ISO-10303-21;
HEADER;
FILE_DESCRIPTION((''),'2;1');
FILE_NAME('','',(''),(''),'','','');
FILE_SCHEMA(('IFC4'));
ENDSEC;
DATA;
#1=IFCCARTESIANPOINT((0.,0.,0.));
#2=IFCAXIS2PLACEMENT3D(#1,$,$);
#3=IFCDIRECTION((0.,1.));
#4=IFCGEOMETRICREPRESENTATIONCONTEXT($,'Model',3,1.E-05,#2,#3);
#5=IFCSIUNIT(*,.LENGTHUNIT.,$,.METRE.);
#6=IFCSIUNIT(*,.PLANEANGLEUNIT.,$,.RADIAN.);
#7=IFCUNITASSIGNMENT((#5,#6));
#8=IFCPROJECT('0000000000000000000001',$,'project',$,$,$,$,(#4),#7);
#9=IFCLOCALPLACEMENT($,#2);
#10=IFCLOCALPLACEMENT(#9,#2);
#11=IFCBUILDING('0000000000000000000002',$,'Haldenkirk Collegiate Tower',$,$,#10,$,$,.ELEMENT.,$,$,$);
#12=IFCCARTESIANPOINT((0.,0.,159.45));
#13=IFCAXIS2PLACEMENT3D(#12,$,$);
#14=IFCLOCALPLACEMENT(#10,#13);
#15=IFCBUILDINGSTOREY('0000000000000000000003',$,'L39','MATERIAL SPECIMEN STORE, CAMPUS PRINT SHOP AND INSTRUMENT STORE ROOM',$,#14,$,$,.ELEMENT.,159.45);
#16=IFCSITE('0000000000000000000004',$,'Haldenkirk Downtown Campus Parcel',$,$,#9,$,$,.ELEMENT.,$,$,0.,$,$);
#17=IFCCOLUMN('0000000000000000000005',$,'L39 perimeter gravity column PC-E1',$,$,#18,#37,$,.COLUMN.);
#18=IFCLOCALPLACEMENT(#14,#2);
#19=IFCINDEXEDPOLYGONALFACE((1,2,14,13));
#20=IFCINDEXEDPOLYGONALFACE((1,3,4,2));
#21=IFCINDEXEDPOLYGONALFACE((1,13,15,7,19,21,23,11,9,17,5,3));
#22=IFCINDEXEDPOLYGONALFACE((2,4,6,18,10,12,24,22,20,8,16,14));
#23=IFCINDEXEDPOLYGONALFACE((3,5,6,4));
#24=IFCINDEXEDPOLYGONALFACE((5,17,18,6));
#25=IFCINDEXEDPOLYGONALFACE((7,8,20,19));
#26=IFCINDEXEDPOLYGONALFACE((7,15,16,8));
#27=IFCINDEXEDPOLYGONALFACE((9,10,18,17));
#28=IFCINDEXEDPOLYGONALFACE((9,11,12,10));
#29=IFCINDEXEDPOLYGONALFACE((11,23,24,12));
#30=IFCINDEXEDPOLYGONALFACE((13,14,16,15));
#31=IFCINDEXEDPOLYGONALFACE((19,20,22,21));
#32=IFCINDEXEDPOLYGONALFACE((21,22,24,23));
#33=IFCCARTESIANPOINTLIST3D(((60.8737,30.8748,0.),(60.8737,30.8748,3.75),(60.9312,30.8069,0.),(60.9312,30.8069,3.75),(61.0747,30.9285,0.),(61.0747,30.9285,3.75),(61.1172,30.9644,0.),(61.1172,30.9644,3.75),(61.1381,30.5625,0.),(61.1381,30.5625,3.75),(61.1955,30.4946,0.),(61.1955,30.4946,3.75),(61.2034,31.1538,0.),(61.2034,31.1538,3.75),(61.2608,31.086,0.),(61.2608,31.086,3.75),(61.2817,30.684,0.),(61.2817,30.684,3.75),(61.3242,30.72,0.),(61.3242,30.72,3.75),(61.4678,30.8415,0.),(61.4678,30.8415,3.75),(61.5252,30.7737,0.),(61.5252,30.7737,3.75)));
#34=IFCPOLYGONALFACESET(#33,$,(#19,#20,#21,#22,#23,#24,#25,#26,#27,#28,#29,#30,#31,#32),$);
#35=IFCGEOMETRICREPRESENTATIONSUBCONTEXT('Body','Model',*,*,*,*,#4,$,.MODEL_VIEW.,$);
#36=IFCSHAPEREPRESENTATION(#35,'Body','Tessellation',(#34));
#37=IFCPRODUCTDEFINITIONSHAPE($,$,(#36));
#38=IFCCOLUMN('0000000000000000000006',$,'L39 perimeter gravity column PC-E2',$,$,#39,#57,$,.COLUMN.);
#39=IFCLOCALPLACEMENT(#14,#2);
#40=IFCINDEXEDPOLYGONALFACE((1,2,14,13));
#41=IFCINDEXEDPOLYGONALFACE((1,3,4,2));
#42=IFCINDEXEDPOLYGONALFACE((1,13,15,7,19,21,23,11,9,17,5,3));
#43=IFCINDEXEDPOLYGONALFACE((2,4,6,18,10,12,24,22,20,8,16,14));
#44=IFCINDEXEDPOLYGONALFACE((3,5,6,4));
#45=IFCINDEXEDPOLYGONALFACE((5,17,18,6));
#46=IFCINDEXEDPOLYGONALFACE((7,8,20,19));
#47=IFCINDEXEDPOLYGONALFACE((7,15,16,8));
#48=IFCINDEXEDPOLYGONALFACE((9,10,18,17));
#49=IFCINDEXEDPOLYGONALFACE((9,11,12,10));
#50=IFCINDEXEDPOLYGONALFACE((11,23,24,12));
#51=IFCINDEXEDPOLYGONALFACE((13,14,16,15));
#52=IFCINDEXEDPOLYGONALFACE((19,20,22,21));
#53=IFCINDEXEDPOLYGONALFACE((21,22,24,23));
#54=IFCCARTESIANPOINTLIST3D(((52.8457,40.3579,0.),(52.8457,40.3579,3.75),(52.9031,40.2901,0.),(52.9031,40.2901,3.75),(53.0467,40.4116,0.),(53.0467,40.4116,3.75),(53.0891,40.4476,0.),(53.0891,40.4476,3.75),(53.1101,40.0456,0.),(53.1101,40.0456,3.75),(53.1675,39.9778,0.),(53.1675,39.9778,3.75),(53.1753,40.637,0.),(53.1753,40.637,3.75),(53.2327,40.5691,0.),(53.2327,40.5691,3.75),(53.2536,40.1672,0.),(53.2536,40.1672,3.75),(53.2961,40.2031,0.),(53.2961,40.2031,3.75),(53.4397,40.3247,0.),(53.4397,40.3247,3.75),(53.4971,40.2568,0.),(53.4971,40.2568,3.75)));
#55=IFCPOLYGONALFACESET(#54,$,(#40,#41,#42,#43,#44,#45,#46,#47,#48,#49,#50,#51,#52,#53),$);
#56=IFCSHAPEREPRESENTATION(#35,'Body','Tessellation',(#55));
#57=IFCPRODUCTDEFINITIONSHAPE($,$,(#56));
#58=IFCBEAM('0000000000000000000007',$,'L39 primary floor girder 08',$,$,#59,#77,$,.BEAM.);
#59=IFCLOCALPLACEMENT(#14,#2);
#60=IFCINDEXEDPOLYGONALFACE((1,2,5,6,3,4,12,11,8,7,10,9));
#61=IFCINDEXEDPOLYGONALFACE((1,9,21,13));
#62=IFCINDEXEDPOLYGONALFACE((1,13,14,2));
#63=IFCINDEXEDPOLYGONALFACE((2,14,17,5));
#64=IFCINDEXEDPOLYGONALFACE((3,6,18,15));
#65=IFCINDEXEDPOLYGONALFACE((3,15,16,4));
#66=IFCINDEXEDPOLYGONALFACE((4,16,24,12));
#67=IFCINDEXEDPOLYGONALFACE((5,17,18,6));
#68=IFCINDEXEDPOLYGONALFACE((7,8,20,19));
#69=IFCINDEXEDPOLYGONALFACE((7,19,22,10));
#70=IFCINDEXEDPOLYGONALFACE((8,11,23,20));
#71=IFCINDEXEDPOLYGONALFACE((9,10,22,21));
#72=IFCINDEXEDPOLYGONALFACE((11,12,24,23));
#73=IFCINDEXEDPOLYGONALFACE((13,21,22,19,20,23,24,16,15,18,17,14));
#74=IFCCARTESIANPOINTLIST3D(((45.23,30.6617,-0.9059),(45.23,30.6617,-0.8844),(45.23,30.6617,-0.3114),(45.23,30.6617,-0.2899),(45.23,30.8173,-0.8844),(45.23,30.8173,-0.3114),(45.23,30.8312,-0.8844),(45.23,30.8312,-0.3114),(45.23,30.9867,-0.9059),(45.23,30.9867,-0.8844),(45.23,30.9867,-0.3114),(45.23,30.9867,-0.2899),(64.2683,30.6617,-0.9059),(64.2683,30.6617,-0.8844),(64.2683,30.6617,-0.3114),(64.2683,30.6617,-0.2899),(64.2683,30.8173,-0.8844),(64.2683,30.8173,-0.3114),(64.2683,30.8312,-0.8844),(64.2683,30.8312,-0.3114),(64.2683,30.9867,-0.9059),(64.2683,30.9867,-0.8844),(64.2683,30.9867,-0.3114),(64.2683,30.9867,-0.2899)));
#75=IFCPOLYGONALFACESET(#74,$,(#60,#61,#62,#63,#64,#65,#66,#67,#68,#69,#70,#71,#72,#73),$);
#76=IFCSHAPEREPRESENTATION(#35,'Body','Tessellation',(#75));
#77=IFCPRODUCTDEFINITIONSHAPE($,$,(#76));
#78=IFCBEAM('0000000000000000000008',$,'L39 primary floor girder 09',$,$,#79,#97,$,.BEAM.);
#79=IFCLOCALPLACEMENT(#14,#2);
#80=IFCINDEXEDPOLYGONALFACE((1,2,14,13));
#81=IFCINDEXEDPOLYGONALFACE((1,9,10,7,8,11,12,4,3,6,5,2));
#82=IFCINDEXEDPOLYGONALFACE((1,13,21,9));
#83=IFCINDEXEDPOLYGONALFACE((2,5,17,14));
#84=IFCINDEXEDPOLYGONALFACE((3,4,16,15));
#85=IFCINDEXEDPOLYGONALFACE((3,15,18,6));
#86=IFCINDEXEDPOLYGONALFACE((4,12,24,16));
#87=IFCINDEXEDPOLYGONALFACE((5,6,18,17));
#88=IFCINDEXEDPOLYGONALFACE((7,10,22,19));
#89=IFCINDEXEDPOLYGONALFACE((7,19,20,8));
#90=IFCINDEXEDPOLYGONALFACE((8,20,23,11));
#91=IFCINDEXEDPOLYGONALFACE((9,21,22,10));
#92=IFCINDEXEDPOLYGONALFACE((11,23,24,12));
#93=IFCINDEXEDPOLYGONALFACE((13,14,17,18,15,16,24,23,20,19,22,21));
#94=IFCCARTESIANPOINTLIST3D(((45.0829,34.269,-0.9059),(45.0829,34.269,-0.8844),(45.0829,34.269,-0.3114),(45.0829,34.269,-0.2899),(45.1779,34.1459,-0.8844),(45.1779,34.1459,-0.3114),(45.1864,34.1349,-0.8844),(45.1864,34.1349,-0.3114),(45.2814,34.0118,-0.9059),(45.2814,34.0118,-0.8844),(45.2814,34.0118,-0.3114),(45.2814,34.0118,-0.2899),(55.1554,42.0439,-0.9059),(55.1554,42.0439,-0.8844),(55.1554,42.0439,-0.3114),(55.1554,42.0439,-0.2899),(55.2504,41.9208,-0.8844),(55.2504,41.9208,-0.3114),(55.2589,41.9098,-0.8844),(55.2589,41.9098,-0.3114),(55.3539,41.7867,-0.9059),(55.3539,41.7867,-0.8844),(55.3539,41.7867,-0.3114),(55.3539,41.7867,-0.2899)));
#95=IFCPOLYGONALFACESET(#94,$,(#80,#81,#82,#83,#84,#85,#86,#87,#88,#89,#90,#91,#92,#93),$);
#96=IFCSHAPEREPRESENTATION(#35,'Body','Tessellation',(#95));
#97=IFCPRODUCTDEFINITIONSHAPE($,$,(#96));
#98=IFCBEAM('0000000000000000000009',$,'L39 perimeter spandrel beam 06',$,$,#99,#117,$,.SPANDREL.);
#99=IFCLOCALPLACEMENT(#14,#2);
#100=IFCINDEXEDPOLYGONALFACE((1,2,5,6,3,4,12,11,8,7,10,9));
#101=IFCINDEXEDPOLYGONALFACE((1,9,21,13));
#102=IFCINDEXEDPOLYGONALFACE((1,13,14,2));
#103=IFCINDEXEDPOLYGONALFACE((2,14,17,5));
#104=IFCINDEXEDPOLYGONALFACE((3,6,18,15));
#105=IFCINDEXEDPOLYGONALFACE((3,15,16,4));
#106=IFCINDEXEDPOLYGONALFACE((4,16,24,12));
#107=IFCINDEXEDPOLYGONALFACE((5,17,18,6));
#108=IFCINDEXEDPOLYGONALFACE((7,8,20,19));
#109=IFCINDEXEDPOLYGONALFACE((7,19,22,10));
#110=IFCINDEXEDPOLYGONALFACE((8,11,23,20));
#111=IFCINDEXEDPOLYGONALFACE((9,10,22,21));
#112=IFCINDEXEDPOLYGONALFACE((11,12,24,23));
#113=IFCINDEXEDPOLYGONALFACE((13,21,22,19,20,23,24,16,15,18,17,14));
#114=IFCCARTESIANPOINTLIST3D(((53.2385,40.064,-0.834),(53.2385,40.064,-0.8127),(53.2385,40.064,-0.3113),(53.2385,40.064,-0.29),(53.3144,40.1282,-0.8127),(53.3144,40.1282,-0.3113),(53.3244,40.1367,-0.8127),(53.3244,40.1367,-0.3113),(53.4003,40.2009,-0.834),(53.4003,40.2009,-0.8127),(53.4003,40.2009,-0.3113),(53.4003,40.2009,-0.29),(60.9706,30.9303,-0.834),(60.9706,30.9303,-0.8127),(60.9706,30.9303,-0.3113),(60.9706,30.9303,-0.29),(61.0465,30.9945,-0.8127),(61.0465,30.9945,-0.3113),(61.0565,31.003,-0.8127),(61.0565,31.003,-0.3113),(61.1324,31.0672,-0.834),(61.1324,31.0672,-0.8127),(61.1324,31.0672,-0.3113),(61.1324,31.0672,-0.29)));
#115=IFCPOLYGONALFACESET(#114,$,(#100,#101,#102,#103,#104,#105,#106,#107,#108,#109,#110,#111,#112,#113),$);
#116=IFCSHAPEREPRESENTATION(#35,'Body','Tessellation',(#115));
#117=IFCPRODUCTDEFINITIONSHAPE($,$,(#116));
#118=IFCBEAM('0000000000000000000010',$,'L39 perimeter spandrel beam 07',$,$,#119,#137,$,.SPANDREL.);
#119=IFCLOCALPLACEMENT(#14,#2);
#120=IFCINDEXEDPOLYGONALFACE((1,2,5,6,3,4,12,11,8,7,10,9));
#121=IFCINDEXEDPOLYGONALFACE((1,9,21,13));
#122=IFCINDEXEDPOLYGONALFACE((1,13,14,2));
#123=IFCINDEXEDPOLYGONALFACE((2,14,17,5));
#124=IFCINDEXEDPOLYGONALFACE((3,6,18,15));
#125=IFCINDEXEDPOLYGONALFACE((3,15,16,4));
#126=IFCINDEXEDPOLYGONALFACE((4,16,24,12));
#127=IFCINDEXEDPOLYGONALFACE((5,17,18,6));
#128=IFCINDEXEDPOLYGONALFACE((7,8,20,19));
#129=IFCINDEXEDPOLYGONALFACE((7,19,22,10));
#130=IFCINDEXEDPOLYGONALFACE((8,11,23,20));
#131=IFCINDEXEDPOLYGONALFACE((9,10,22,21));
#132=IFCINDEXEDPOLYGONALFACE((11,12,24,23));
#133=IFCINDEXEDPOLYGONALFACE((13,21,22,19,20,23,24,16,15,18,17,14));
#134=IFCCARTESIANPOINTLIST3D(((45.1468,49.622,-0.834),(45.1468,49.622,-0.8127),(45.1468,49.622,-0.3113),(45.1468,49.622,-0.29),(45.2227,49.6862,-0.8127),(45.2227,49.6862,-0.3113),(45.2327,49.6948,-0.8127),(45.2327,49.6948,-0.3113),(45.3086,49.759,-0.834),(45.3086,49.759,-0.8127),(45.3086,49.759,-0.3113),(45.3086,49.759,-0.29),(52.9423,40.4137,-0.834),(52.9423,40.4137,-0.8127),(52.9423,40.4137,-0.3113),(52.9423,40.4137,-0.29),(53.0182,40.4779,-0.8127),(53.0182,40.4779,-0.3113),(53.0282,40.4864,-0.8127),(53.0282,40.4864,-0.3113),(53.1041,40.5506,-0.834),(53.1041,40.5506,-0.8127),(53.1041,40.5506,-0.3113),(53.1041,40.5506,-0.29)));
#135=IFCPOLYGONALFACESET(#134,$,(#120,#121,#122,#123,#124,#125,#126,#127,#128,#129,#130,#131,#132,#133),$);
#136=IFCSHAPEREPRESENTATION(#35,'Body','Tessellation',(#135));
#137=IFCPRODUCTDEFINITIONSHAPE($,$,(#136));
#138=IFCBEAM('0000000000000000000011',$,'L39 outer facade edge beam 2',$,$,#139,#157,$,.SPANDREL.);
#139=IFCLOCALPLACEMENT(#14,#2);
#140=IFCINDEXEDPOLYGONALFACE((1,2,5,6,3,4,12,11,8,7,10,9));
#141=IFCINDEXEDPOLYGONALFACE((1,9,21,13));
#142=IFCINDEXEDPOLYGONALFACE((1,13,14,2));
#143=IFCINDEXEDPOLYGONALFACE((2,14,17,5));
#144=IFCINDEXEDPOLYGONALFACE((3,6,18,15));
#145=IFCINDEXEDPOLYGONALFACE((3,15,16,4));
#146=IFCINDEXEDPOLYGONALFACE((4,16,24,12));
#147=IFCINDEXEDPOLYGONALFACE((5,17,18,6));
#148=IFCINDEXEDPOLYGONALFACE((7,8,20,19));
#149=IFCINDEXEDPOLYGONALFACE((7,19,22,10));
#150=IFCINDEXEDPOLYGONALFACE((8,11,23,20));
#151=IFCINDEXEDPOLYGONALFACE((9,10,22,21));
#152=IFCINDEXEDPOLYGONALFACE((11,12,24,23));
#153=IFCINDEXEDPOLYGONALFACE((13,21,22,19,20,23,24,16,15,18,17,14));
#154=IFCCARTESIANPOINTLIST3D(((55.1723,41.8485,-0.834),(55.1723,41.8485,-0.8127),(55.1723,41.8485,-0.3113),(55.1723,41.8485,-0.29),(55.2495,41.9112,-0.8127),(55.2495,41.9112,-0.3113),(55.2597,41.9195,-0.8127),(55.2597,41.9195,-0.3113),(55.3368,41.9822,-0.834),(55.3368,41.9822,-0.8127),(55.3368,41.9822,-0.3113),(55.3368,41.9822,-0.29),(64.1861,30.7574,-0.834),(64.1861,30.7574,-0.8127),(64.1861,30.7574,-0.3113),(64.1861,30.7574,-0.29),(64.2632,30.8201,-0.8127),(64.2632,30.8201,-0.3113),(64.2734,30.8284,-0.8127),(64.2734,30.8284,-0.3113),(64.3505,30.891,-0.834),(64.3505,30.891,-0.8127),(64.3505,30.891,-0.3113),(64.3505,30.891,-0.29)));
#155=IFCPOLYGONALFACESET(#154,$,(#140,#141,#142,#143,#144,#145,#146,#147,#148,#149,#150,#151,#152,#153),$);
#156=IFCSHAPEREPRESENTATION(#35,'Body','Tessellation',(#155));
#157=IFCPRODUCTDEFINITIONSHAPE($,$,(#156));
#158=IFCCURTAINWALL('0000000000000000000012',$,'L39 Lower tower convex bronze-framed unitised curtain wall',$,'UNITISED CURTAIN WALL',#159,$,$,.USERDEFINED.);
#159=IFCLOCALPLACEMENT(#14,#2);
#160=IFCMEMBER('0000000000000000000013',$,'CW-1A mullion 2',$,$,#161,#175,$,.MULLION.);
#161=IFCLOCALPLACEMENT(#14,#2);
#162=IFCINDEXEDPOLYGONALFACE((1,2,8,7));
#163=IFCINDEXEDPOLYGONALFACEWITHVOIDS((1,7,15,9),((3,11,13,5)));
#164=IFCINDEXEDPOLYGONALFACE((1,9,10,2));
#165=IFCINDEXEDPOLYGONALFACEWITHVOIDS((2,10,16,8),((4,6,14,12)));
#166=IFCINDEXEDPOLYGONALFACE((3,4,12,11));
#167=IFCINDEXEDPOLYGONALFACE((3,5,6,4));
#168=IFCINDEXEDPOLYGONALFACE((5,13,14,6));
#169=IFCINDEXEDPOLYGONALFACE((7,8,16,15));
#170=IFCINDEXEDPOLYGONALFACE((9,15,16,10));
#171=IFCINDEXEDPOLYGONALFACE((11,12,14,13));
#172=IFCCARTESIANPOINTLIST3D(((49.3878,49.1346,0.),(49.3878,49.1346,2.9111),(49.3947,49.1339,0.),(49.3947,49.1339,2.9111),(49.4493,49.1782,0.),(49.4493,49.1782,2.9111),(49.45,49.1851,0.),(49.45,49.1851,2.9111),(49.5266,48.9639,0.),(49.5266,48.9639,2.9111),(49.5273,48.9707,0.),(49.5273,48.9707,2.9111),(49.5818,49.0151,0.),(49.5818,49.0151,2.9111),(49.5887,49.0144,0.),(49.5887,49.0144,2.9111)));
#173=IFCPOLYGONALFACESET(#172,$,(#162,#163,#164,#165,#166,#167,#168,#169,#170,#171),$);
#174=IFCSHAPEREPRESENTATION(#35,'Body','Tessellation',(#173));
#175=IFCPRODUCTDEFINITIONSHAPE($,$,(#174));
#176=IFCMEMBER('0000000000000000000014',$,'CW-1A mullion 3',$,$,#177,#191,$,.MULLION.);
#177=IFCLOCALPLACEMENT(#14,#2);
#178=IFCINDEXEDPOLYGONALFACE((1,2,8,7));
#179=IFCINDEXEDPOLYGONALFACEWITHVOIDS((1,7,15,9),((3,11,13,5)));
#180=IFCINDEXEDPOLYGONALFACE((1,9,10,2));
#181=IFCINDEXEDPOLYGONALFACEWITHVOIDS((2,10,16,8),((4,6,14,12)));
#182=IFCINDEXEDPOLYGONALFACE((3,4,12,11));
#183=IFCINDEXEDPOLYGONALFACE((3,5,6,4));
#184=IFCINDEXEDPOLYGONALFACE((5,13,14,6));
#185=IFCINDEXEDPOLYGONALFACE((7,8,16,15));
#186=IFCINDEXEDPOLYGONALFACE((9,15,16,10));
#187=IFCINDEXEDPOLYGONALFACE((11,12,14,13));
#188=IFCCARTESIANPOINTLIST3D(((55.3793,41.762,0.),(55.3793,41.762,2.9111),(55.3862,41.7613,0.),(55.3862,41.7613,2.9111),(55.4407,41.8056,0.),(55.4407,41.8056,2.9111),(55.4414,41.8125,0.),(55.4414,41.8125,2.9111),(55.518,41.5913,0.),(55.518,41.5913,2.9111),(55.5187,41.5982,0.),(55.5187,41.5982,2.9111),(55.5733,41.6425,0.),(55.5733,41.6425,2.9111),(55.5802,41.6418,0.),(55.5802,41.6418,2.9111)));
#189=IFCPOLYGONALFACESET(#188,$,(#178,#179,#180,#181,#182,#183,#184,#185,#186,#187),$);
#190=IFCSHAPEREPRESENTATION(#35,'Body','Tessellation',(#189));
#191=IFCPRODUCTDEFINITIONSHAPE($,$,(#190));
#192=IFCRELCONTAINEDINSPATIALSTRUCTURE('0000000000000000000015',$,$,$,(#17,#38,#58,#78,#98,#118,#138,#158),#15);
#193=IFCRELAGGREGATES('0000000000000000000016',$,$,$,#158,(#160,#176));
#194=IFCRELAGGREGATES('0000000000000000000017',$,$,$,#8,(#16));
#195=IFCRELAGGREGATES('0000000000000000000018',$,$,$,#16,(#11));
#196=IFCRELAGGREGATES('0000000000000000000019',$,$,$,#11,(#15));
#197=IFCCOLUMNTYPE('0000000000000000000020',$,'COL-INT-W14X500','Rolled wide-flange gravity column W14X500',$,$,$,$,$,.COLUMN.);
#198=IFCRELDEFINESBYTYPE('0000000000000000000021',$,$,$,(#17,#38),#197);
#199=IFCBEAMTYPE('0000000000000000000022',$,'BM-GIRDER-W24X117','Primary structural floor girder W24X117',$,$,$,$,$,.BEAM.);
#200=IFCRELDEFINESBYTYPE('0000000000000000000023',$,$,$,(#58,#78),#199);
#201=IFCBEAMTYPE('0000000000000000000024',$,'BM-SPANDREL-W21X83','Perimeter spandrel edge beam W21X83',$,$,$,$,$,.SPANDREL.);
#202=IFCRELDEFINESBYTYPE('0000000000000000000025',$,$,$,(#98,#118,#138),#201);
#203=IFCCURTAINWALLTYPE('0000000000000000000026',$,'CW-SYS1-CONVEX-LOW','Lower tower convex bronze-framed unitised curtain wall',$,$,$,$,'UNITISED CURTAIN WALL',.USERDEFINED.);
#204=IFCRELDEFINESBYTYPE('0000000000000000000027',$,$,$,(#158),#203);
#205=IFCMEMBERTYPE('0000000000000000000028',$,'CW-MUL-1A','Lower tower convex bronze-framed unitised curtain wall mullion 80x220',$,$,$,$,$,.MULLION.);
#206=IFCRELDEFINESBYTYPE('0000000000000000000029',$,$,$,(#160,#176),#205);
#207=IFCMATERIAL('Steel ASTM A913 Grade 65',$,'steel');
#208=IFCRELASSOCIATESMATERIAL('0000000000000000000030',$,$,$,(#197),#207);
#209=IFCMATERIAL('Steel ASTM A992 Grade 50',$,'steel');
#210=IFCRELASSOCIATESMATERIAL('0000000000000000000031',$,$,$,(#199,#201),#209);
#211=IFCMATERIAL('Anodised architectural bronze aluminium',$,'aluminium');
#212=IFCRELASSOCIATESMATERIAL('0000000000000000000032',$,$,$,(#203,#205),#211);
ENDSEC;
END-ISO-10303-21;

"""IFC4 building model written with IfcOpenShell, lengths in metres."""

from ifc_helpers import new_model, si_unit, direction, frame, origin, origin_2d, place, context, subcontext, project, spatial, hollow_rectangle, i_section, extrude, material, material_profile, profile_set, type_object, element, aggregate, save


model = new_model("IFC4")

# Units and contexts
model_context = context("Model", 3, precision=1e-05, world=origin(), true_north=direction((0.0, 1.0)))
body_context = subcontext(model_context, "Body", "Model", "MODEL_VIEW")
ifc_project = project(units=[si_unit("LENGTHUNIT", "METRE"), si_unit("PLANEANGLEUNIT", "RADIAN")], contexts=[model_context])

# Site, building, storey
site_placement = place(None, origin())
site = spatial("IfcSite", under=ifc_project, at=site_placement, Name="Haldenkirk Downtown Campus Parcel", CompositionType="ELEMENT", RefElevation=0.0)
building_placement = place(site_placement, origin())
building = spatial("IfcBuilding", under=site, at=building_placement, Name="Haldenkirk Collegiate Tower", CompositionType="ELEMENT")
storey_placement = place(building_placement, frame((0.0, 0.0, 159.45)))
storey = spatial("IfcBuildingStorey", under=building, at=storey_placement, Name="L39", Description="MATERIAL SPECIMEN STORE, CAMPUS PRINT SHOP AND INSTRUMENT STORE ROOM", CompositionType="ELEMENT", Elevation=159.45)

# Columns
ifc_material_1 = material(Name="Steel ASTM A913 Grade 65", Category="steel")
ifc_material_profile_1 = material_profile(ifc_material_1, i_section(OverallWidth=0.4319, OverallDepth=0.498, WebThickness=0.0557, FlangeThickness=0.0889, at=origin_2d()), Name="W14X500")
ifc_profile_set_1 = profile_set([ifc_material_profile_1], Name="Steel ASTM A913 Grade 65")
column_type = type_object("IfcColumnType", Name="COL-INT-W14X500", Description="Rolled wide-flange gravity column W14X500", PredefinedType="COLUMN", material=ifc_profile_set_1)
for number, where, z_axis, x_axis, name in (
    (1, (61.1995, 30.8242, 0.0), (0.0, 0.0, 1.0), (0.763232, 0.646124, 0.0), "L39 perimeter gravity column PC-E1"),
    (2, (53.1714, 40.3074, 0.0), (0.0, 0.0, 1.0), (0.763232, 0.646124, 0.0), "L39 perimeter gravity column PC-E2"),
):
    element("IfcColumn", number, at=place(storey_placement, frame(where, z_axis=z_axis, x_axis=x_axis)), inside=storey, type_object=column_type, Name=name, PredefinedType="COLUMN", context=body_context, shape_type="SweptSolid", body=[
        extrude(i_section(OverallWidth=0.4319, OverallDepth=0.498, WebThickness=0.0557, FlangeThickness=0.0889, at=origin_2d()), origin(), (0.0, 0.0, 1.0), 3.75),
    ])

# Beams
ifc_material_2 = material(Name="Steel ASTM A992 Grade 50", Category="steel")
ifc_material_profile_2 = material_profile(ifc_material_2, i_section(OverallWidth=0.325, OverallDepth=0.616, WebThickness=0.0139, FlangeThickness=0.0215, at=origin_2d()), Name="W24X117")
ifc_profile_set_2 = profile_set([ifc_material_profile_2], Name="Steel ASTM A992 Grade 50")
beam_type_1 = type_object("IfcBeamType", Name="BM-GIRDER-W24X117", Description="Primary structural floor girder W24X117", PredefinedType="BEAM", material=ifc_profile_set_2)
beam_1_placement = place(storey_placement, frame((64.2683, 30.8242, -0.5979), z_axis=(-1.0, 0.0, 0.0), x_axis=(0.0, -1.0, 0.0)))
element("IfcBeam", 3, at=beam_1_placement, inside=storey, type_object=beam_type_1, Name="L39 primary floor girder 08", PredefinedType="BEAM", context=body_context, shape_type="SweptSolid", body=[
    extrude(i_section(OverallWidth=0.325, OverallDepth=0.616, WebThickness=0.0139, FlangeThickness=0.0215, at=origin_2d()), origin(), (0.0, 0.0, 1.0), 19.0383),
])
beam_2_placement = place(storey_placement, frame((55.2546, 41.9153, -0.5979), z_axis=(-0.791604, -0.611034, 0.0), x_axis=(0.611034, -0.791604, 0.0)))
element("IfcBeam", 4, at=beam_2_placement, inside=storey, type_object=beam_type_1, Name="L39 primary floor girder 09", PredefinedType="BEAM", context=body_context, shape_type="SweptSolid", body=[
    extrude(i_section(OverallWidth=0.325, OverallDepth=0.616, WebThickness=0.0139, FlangeThickness=0.0215, at=origin_2d()), origin(), (0.0, 0.0, 1.0), 12.7241),
])
ifc_material_profile_3 = material_profile(ifc_material_2, i_section(OverallWidth=0.2119, OverallDepth=0.5439, WebThickness=0.0132, FlangeThickness=0.0212, at=origin_2d()), Name="W21X83")
ifc_profile_set_3 = profile_set([ifc_material_profile_3], Name="Steel ASTM A992 Grade 50")
beam_type_2 = type_object("IfcBeamType", Name="BM-SPANDREL-W21X83", Description="Perimeter spandrel edge beam W21X83", PredefinedType="SPANDREL", material=ifc_profile_set_3)
beam_3_placement = place(storey_placement, frame((61.0515, 30.9988, -0.562), z_axis=(-0.646117, 0.763238, 0.0), x_axis=(-0.763238, -0.646117, 0.0)))
element("IfcBeam", 5, at=beam_3_placement, inside=storey, type_object=beam_type_2, Name="L39 perimeter spandrel beam 06", PredefinedType="SPANDREL", context=body_context, shape_type="SweptSolid", body=[
    extrude(i_section(OverallWidth=0.2119, OverallDepth=0.5439, WebThickness=0.0132, FlangeThickness=0.0212, at=origin_2d()), origin(), (0.0, 0.0, 1.0), 11.967),
])
beam_4_placement = place(storey_placement, frame((53.0232, 40.4822, -0.562), z_axis=(-0.646126, 0.76323, 0.0), x_axis=(-0.76323, -0.646126, 0.0)))
element("IfcBeam", 6, at=beam_4_placement, inside=storey, type_object=beam_type_2, Name="L39 perimeter spandrel beam 07", PredefinedType="SPANDREL", context=body_context, shape_type="SweptSolid", body=[
    extrude(i_section(OverallWidth=0.2119, OverallDepth=0.5439, WebThickness=0.0132, FlangeThickness=0.0212, at=origin_2d()), origin(), (0.0, 0.0, 1.0), 12.0649),
])
beam_5_placement = place(storey_placement, frame((64.2683, 30.8242, -0.562), z_axis=(-0.630685, 0.776039, 0.0), x_axis=(-0.776039, -0.630685, 0.0)))
element("IfcBeam", 7, at=beam_5_placement, inside=storey, type_object=beam_type_2, Name="L39 outer facade edge beam 2", PredefinedType="SPANDREL", context=body_context, shape_type="SweptSolid", body=[
    extrude(i_section(OverallWidth=0.2119, OverallDepth=0.5439, WebThickness=0.0132, FlangeThickness=0.0212, at=origin_2d()), origin(), (0.0, 0.0, 1.0), 14.292),
])

# Curtain wall, members
ifc_material_3 = material(Name="Anodised architectural bronze aluminium", Category="aluminium")
curtain_wall_type = type_object("IfcCurtainWallType", Name="CW-SYS1-CONVEX-LOW", Description="Lower tower convex bronze-framed unitised curtain wall", ElementType="UNITISED CURTAIN WALL", PredefinedType="USERDEFINED", material=ifc_material_3)
curtain_wall_placement = place(storey_placement, origin())
curtain_wall = element("IfcCurtainWall", 8, at=curtain_wall_placement, inside=storey, type_object=curtain_wall_type, Name="L39 Lower tower convex bronze-framed unitised curtain wall", ObjectType="UNITISED CURTAIN WALL", PredefinedType="USERDEFINED")
ifc_material_profile_4 = material_profile(ifc_material_3, hollow_rectangle(XDim=0.0801, YDim=0.22, WallThickness=0.0049, at=origin_2d()), Name="CW-MUL-1A")
ifc_profile_set_4 = profile_set([ifc_material_profile_4], Name="Anodised architectural bronze aluminium")
member_type_1 = type_object("IfcMemberType", Name="CW-MUL-1A", Description="Lower tower convex bronze-framed unitised curtain wall mullion 80x220", PredefinedType="MULLION", material=ifc_profile_set_4)
member_1_placement = place(storey_placement, frame((49.4883, 49.0745, 0.0), z_axis=(0.0, 0.0, 1.0), x_axis=(0.776047, 0.630676, 0.0)))
member_1 = element("IfcMember", 9, at=member_1_placement, type_object=member_type_1, Name="CW-1A mullion 2", PredefinedType="MULLION", context=body_context, shape_type="SweptSolid", body=[
    extrude(hollow_rectangle(XDim=0.0801, YDim=0.22, WallThickness=0.0049, at=origin_2d()), origin(), (0.0, 0.0, 1.0), 2.9111),
])
member_2_placement = place(storey_placement, frame((55.4797, 41.7019, 0.0), z_axis=(0.0, 0.0, 1.0), x_axis=(0.776047, 0.630676, 0.0)))
member_2 = element("IfcMember", 10, at=member_2_placement, type_object=member_type_1, Name="CW-1A mullion 3", PredefinedType="MULLION", context=body_context, shape_type="SweptSolid", body=[
    extrude(hollow_rectangle(XDim=0.0801, YDim=0.22, WallThickness=0.0049, at=origin_2d()), origin(), (0.0, 0.0, 1.0), 2.9111),
])

aggregate(curtain_wall, [member_1, member_2])

save(model, "model.ifc")
